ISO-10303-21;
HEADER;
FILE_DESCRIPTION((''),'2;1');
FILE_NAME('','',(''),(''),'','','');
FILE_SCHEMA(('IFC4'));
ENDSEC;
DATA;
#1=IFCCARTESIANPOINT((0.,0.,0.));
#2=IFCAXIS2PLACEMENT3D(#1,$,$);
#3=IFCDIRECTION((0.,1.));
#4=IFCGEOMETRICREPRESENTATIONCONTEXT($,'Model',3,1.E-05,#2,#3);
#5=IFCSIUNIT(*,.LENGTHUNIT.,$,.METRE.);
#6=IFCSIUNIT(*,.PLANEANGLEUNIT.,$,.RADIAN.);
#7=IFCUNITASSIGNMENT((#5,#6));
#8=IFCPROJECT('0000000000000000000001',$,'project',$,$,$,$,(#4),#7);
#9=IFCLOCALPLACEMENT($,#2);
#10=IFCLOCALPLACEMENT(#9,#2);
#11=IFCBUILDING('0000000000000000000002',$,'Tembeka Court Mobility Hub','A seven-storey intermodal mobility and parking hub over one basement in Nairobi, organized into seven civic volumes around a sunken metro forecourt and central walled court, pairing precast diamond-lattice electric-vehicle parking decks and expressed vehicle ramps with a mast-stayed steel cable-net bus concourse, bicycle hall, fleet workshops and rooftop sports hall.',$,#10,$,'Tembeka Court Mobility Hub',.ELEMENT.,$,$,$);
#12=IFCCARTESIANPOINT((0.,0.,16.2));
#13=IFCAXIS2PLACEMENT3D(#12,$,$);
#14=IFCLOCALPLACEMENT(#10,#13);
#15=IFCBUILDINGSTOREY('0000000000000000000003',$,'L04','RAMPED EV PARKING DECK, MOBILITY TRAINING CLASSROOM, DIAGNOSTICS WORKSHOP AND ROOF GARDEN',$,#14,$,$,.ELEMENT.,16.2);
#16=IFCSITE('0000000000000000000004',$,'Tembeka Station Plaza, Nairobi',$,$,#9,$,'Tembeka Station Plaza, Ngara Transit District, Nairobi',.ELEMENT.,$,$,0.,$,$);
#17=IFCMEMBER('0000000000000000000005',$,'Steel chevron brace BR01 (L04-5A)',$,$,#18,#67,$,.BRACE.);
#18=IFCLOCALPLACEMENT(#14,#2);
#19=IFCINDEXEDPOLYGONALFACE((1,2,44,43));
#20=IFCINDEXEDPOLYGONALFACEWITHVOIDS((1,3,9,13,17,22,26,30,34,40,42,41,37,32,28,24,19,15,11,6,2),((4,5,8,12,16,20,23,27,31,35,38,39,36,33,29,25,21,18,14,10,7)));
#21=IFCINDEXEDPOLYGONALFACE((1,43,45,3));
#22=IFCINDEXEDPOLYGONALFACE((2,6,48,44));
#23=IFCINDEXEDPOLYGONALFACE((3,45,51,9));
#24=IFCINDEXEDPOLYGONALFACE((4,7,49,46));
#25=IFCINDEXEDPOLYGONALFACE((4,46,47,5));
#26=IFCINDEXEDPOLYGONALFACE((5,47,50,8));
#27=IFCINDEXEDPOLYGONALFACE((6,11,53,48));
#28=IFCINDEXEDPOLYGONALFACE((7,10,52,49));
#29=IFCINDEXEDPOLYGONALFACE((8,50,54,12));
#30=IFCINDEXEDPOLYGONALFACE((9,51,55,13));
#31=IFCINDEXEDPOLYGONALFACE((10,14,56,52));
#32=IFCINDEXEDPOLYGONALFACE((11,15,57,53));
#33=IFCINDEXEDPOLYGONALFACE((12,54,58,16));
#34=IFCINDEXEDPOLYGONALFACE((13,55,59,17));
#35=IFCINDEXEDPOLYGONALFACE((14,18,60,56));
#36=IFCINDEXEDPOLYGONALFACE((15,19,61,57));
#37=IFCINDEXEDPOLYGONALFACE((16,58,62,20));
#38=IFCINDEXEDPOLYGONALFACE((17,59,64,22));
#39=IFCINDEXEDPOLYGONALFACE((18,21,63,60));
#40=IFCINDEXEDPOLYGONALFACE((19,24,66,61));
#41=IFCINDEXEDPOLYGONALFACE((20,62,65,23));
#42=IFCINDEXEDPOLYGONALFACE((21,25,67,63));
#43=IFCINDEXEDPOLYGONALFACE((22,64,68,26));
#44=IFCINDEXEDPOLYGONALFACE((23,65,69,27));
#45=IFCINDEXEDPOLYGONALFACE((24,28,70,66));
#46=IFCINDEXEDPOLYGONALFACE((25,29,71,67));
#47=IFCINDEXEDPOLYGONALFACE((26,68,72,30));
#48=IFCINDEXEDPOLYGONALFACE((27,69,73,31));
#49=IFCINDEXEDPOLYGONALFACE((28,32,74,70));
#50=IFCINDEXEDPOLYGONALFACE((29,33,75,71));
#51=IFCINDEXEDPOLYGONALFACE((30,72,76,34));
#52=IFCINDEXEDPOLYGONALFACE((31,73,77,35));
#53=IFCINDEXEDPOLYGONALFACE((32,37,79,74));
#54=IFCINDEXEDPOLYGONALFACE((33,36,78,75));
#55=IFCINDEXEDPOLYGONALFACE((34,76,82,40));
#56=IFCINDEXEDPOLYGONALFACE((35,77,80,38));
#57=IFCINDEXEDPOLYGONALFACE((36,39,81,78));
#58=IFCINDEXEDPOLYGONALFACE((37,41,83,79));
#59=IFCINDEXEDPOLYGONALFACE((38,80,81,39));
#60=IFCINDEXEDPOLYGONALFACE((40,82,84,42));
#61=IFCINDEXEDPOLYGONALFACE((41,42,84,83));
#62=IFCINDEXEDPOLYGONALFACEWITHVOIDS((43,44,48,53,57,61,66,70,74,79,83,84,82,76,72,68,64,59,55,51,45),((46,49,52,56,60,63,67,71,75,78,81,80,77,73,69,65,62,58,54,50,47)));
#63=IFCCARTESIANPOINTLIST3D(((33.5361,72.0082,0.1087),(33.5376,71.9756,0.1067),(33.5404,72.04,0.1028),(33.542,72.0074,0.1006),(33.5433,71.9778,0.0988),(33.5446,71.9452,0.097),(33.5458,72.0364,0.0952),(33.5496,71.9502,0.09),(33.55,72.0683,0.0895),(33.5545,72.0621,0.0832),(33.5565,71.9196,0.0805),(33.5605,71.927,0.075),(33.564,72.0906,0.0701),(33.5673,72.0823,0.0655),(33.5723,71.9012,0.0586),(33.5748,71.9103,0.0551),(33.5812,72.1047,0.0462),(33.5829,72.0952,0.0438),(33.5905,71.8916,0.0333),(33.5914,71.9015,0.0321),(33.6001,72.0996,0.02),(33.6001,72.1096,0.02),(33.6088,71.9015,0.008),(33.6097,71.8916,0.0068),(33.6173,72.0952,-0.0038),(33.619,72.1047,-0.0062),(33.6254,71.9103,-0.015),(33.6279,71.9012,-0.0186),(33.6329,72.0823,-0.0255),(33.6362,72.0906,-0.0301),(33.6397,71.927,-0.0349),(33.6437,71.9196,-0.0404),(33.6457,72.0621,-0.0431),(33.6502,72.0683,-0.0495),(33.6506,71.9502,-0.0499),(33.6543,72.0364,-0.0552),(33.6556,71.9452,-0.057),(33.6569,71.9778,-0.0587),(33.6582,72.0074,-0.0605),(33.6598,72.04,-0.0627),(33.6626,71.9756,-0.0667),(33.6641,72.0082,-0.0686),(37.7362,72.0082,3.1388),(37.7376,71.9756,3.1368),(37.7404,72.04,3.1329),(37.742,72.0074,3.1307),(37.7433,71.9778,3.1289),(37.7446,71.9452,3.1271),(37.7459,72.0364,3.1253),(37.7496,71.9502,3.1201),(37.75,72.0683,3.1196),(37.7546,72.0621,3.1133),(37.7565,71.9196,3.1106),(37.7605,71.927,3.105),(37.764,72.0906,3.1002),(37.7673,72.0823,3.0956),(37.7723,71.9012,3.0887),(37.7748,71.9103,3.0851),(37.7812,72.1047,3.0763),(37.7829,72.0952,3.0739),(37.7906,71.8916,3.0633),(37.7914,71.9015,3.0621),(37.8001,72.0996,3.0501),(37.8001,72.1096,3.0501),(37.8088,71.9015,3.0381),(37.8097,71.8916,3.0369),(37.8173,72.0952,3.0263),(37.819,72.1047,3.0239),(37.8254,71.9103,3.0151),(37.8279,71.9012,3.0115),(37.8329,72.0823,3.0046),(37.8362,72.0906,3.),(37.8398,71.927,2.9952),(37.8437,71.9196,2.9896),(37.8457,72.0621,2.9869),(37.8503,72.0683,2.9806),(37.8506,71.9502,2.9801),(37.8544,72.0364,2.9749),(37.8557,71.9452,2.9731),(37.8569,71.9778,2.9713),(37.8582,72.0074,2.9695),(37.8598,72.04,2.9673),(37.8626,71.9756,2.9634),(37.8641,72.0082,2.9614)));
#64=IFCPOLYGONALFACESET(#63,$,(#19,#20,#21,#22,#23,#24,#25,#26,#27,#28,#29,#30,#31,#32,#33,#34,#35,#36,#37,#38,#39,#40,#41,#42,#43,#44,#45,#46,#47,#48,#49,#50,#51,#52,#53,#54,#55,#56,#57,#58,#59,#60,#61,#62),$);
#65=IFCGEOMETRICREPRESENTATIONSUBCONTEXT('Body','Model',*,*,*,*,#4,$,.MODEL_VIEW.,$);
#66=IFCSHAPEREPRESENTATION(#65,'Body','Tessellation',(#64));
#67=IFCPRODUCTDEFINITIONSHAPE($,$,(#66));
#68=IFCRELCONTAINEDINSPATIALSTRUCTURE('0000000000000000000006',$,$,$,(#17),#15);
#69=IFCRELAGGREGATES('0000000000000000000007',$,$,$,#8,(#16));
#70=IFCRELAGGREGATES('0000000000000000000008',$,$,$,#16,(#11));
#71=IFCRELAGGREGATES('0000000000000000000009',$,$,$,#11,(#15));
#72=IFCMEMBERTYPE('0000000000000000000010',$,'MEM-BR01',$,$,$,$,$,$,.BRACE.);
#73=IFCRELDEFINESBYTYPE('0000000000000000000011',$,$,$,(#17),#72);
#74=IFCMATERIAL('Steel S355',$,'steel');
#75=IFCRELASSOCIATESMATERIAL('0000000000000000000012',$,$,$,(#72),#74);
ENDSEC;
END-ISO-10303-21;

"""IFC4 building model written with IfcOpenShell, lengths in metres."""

from ifc_helpers import new_model, si_unit, direction, frame, origin, origin_2d, place, context, subcontext, project, spatial, hollow_circle, extrude, material, material_profile, profile_set, type_object, element, save


model = new_model("IFC4")

# Units and contexts
model_context = context("Model", 3, precision=1e-05, world=origin(), true_north=direction((0.0, 1.0)))
body_context = subcontext(model_context, "Body", "Model", "MODEL_VIEW")
ifc_project = project(units=[si_unit("LENGTHUNIT", "METRE"), si_unit("PLANEANGLEUNIT", "RADIAN")], contexts=[model_context])

# Site, building, storey
site_placement = place(None, origin())
site = spatial("IfcSite", under=ifc_project, at=site_placement, Name="Tembeka Station Plaza, Nairobi", LongName="Tembeka Station Plaza, Ngara Transit District, Nairobi", CompositionType="ELEMENT", RefElevation=0.0)
building_placement = place(site_placement, origin())
building = spatial("IfcBuilding", under=site, at=building_placement, Name="Tembeka Court Mobility Hub", Description="A seven-storey intermodal mobility and parking hub over one basement in Nairobi, organized into seven civic volumes around a sunken metro forecourt and central walled court, pairing precast diamond-lattice electric-vehicle parking decks and expressed vehicle ramps with a mast-stayed steel cable-net bus concourse, bicycle hall, fleet workshops and rooftop sports hall.", LongName="Tembeka Court Mobility Hub", CompositionType="ELEMENT")
storey_placement = place(building_placement, frame((0.0, 0.0, 16.2)))
storey = spatial("IfcBuildingStorey", under=building, at=storey_placement, Name="L04", Description="RAMPED EV PARKING DECK, MOBILITY TRAINING CLASSROOM, DIAGNOSTICS WORKSHOP AND ROOF GARDEN", CompositionType="ELEMENT", Elevation=16.2)

# Shared definitions
ifc_material_1 = material(Name="Steel S355", Category="steel")

# Member
ifc_material_profile_1 = material_profile(ifc_material_1, hollow_circle(Radius=0.1096, WallThickness=0.01, at=origin_2d()), Name="CHS 219.1x10")
ifc_profile_set_1 = profile_set([ifc_material_profile_1], Name="Steel S355")
member_type = type_object("IfcMemberType", Name="MEM-BR01", PredefinedType="BRACE", material=ifc_profile_set_1)
member_placement = place(storey_placement, frame((33.6001, 72.0, 0.02), z_axis=(0.810979, 0.0, 0.585076), x_axis=(0.0, 1.0, 0.0)))
element("IfcMember", 1, at=member_placement, inside=storey, type_object=member_type, Name="Steel chevron brace BR01 (L04-5A)", PredefinedType="BRACE", context=body_context, shape_type="SweptSolid", body=[
    extrude(hollow_circle(Radius=0.1096, WallThickness=0.01, at=origin_2d()), origin(), (0.0, 0.0, 1.0), 5.179),
])

save(model, "model.ifc")
